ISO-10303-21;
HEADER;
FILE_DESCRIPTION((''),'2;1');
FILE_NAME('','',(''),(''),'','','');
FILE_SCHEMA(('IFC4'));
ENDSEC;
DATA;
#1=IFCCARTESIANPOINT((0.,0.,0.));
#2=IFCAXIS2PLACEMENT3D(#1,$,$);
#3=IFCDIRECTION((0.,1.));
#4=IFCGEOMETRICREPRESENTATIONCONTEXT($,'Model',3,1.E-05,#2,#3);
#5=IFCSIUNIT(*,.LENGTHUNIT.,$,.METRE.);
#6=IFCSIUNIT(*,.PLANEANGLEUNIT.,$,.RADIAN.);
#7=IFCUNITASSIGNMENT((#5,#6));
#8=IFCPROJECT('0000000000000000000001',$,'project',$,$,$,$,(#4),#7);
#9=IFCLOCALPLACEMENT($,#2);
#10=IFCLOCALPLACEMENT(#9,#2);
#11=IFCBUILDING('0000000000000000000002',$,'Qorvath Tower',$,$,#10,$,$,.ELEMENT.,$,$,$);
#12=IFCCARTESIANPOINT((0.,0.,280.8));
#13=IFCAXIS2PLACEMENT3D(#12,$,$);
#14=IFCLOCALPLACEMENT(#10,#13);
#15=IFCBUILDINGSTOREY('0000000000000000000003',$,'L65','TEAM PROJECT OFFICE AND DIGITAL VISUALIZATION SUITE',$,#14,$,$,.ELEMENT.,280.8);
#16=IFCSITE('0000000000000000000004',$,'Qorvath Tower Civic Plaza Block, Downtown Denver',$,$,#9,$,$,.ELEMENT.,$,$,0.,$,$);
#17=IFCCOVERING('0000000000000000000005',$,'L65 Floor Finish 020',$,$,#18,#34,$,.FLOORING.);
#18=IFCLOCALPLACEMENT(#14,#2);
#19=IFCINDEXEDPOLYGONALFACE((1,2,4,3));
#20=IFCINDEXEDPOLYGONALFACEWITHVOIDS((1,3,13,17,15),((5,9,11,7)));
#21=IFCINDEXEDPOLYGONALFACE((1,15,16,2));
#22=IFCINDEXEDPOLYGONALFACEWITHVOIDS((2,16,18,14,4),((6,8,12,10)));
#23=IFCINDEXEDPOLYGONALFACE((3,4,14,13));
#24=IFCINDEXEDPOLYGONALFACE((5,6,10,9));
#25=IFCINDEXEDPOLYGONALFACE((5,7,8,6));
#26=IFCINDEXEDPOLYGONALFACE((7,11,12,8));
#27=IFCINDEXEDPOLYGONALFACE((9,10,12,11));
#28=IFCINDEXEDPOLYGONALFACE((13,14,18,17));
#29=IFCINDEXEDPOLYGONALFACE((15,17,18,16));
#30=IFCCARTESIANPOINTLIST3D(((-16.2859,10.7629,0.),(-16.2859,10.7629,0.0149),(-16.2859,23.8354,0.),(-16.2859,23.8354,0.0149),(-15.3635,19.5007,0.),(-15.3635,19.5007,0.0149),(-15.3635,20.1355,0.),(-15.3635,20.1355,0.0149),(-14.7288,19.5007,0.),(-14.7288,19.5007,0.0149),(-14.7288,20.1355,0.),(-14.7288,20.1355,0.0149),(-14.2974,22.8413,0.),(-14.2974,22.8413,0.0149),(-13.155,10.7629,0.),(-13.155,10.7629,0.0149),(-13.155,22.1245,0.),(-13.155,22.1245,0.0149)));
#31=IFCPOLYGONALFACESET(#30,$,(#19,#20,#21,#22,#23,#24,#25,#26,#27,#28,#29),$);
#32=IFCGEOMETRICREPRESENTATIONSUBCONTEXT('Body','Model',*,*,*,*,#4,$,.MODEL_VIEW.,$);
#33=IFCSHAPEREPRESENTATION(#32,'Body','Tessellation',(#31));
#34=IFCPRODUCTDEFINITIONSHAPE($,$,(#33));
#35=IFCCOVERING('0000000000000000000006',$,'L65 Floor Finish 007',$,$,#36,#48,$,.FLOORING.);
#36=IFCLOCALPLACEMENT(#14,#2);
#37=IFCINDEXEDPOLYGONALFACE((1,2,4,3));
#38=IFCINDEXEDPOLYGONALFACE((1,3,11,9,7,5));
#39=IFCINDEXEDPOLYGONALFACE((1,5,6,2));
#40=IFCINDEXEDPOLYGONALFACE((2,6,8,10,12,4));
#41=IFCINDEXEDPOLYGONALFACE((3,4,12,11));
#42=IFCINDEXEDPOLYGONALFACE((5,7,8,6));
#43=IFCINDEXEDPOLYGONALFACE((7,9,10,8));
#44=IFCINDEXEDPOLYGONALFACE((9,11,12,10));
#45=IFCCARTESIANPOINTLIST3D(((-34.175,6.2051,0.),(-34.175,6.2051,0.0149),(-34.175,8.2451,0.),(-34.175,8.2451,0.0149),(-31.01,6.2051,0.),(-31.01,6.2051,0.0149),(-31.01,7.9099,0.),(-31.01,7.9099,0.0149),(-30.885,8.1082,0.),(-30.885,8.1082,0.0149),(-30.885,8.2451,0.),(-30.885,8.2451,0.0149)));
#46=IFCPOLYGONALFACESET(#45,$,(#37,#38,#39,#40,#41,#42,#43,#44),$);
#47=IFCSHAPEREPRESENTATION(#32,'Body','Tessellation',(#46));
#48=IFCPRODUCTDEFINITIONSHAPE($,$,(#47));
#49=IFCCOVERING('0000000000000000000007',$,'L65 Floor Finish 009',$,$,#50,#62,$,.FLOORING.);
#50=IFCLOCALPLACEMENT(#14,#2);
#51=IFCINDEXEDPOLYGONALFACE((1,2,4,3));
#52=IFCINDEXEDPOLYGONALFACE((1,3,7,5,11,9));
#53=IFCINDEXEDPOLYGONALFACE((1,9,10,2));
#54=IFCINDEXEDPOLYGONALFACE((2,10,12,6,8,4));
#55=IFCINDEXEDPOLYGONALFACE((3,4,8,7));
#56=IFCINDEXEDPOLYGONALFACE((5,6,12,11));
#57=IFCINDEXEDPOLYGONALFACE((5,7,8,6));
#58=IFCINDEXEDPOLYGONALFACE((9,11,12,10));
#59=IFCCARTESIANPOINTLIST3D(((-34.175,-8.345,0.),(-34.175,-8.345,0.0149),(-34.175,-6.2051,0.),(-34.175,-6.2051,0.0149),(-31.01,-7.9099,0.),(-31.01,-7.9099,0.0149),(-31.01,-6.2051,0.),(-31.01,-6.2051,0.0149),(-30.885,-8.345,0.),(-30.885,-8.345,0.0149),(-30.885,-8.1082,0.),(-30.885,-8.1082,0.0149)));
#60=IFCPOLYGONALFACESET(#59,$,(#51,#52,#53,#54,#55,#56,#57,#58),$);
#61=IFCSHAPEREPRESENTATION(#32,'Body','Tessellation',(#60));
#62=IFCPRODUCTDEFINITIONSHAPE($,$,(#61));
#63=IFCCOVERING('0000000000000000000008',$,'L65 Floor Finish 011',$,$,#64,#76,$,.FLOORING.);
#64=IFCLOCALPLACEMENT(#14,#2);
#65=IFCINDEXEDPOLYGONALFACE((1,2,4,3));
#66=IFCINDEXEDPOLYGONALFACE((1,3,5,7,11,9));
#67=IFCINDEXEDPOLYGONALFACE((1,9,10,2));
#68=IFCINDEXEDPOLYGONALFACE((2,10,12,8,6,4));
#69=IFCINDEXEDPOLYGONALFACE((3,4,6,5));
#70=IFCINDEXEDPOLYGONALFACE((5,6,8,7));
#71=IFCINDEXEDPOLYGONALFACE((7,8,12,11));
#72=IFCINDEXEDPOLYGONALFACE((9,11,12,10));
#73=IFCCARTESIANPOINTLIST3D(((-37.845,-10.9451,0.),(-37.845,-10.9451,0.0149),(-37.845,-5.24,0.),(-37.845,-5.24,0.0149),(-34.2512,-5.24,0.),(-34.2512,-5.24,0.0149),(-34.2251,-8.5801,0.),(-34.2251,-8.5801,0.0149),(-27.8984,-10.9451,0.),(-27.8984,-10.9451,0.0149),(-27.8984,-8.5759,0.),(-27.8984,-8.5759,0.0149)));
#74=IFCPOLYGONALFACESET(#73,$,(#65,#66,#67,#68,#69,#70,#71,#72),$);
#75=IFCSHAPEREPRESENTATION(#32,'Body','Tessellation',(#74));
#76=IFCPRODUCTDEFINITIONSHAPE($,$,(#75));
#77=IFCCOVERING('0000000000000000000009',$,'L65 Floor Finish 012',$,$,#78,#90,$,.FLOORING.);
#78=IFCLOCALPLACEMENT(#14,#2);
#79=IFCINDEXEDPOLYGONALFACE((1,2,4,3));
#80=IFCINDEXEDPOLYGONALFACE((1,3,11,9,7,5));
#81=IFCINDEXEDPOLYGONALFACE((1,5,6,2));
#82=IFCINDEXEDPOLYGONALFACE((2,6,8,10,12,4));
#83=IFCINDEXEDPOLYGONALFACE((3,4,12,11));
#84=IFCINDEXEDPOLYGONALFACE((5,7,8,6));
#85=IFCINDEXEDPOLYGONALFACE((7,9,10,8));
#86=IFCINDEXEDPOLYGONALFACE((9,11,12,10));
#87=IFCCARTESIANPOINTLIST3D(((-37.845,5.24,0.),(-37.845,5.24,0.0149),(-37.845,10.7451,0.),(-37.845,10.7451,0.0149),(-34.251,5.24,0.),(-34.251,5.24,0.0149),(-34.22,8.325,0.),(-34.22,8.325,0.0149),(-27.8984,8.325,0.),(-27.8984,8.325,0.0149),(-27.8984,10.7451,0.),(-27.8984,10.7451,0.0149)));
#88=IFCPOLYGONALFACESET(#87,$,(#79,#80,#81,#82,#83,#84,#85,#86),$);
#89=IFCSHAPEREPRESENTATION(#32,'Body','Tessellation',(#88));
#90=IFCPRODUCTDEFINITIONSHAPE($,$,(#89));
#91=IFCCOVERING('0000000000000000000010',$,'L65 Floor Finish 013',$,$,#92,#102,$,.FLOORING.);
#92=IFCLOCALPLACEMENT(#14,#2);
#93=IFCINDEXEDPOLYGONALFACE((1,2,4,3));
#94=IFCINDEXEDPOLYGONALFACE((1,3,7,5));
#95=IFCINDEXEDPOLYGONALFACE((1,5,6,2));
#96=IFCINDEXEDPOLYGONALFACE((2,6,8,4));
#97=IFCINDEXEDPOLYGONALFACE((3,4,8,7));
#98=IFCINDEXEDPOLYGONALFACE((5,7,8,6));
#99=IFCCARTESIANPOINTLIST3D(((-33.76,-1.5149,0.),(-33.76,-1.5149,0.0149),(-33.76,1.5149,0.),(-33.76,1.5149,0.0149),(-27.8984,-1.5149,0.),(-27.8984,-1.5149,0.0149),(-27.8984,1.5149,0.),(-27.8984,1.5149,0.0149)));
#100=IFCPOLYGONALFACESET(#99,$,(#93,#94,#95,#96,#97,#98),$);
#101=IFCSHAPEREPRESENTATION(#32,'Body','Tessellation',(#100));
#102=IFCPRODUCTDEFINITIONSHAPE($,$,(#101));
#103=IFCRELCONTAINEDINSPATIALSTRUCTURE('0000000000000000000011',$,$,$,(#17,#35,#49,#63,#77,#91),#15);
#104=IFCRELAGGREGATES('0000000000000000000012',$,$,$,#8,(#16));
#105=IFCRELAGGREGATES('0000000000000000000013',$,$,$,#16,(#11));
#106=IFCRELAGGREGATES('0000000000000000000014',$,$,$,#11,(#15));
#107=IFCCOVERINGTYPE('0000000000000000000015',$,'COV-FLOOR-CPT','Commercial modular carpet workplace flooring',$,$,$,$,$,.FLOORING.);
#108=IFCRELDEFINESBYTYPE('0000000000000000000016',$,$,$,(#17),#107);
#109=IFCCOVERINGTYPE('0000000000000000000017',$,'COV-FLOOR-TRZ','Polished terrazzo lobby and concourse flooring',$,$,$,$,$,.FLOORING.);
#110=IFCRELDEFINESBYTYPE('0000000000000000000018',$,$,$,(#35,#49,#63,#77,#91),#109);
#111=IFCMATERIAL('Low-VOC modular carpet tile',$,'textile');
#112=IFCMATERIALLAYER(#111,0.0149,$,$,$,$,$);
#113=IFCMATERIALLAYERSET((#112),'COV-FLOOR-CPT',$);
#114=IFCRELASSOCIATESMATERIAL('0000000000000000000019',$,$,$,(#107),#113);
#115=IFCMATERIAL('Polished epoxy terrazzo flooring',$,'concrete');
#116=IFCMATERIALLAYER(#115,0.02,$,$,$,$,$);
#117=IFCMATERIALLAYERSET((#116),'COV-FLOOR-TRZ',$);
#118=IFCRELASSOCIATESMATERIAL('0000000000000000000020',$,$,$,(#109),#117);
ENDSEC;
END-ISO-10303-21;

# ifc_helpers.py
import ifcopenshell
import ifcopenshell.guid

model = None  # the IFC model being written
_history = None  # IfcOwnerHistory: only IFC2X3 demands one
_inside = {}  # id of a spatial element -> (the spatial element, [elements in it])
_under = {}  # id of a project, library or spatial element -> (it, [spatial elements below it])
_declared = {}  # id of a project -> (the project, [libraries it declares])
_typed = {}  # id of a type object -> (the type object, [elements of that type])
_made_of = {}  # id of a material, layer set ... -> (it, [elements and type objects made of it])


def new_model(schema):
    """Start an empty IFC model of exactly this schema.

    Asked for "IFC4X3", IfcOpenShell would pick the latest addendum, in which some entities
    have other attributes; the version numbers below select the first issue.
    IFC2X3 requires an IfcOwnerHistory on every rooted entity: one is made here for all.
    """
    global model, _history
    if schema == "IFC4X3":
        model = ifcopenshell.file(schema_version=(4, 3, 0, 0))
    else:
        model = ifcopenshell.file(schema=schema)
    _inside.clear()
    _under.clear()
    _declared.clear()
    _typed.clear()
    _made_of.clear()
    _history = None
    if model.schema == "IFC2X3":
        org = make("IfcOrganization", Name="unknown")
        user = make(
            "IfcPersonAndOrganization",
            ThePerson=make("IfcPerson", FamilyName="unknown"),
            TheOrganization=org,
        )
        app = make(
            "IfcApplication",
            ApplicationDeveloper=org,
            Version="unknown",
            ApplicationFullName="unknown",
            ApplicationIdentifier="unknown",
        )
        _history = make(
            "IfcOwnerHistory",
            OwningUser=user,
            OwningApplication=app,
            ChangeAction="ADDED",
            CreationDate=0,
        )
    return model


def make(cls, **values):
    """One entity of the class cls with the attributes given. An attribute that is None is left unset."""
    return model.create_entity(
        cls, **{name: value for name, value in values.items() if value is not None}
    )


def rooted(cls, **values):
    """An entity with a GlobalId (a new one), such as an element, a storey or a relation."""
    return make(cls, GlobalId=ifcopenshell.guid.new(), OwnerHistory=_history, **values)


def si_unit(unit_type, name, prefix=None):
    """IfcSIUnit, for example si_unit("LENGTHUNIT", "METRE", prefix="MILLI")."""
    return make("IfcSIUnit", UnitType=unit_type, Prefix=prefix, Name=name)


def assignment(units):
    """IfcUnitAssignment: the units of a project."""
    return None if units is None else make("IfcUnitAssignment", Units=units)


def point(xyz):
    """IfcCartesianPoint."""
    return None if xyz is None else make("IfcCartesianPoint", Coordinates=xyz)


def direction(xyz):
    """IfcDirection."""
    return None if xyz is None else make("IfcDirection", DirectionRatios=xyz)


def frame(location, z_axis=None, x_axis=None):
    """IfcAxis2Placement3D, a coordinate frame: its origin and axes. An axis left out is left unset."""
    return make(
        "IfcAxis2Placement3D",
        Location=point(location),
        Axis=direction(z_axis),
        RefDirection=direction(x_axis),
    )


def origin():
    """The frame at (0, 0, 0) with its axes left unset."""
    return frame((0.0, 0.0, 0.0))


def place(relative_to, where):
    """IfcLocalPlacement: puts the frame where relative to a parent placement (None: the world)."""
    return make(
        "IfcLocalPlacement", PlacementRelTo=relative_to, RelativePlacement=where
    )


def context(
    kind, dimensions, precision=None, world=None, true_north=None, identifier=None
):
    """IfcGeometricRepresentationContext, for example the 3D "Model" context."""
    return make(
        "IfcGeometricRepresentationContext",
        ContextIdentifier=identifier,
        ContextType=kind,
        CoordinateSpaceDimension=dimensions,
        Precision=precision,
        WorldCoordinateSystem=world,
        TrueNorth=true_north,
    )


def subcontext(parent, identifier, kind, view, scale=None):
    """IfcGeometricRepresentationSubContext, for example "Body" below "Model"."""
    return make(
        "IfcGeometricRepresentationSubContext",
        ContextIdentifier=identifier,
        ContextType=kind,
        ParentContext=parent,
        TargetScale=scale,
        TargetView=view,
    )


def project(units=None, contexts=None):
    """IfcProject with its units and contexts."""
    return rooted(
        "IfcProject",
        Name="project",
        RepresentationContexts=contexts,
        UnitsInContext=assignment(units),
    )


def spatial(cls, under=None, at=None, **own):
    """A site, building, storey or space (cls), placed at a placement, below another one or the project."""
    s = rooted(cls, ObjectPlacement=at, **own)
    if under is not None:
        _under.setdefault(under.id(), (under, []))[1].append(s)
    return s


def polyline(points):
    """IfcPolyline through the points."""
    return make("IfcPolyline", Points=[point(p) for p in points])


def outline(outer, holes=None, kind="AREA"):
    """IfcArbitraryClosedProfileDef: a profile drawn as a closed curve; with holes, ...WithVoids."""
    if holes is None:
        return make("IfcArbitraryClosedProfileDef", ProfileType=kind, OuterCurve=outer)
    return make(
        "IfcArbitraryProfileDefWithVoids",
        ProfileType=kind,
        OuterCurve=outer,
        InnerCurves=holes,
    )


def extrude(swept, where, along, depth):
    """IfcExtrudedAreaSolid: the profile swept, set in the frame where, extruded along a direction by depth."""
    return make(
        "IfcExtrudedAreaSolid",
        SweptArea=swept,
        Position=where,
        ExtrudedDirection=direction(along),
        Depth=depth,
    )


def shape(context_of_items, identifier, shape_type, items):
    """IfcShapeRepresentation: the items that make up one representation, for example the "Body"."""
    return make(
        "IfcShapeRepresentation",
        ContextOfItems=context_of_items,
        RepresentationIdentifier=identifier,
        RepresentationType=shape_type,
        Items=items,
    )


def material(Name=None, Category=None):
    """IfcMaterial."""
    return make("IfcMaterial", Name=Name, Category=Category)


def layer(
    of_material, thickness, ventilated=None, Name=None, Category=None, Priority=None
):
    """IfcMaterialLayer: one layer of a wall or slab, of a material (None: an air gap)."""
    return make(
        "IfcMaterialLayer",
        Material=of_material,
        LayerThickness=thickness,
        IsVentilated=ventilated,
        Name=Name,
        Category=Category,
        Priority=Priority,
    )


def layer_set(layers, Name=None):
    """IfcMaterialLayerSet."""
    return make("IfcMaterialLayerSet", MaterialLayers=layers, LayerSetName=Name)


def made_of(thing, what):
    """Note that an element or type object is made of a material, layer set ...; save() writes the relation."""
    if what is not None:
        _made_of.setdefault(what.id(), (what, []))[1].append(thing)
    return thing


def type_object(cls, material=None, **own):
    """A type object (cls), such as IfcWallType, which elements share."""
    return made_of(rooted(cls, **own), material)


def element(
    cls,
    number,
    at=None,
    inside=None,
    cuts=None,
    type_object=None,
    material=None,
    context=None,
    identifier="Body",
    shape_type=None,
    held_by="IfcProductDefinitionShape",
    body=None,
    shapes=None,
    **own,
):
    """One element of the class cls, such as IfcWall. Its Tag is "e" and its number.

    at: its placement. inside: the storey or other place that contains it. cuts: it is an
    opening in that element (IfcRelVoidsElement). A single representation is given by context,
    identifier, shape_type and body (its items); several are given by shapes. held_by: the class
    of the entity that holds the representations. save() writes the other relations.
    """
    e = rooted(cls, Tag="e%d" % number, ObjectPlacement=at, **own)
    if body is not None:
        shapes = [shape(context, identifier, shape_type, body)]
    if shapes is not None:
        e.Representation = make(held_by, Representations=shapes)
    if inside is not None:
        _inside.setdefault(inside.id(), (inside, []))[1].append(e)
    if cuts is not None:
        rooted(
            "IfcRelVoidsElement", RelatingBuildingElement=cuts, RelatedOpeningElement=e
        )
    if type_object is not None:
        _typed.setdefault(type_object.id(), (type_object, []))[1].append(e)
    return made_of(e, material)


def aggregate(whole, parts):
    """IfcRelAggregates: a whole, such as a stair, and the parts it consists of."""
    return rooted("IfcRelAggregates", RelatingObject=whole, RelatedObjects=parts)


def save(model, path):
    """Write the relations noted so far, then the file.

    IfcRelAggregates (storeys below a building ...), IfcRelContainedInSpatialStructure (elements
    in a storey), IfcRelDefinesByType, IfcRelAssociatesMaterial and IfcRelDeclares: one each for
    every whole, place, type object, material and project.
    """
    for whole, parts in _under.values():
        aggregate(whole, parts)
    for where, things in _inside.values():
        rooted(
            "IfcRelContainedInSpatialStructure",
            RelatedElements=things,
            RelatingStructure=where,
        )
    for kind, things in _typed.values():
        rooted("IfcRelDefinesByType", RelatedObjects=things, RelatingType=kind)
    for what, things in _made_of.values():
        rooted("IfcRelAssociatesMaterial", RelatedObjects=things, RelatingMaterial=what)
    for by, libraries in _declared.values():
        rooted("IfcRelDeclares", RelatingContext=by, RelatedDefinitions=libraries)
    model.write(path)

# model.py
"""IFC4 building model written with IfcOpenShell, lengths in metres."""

from ifc_helpers import new_model, si_unit, direction, frame, origin, place, context, subcontext, project, spatial, polyline, outline, extrude, material, layer, layer_set, type_object, element, save


model = new_model("IFC4")

# Units and contexts
model_context = context("Model", 3, precision=1e-05, world=origin(), true_north=direction((0.0, 1.0)))
body_context = subcontext(model_context, "Body", "Model", "MODEL_VIEW")
ifc_project = project(units=[si_unit("LENGTHUNIT", "METRE"), si_unit("PLANEANGLEUNIT", "RADIAN")], contexts=[model_context])

# Site, building, storey
site_placement = place(None, origin())
site = spatial("IfcSite", under=ifc_project, at=site_placement, Name="Qorvath Tower Civic Plaza Block, Downtown Denver", CompositionType="ELEMENT", RefElevation=0.0)
building_placement = place(site_placement, origin())
building = spatial("IfcBuilding", under=site, at=building_placement, Name="Qorvath Tower", CompositionType="ELEMENT")
storey_placement = place(building_placement, frame((0.0, 0.0, 280.8)))
storey = spatial("IfcBuildingStorey", under=building, at=storey_placement, Name="L65", Description="TEAM PROJECT OFFICE AND DIGITAL VISUALIZATION SUITE", CompositionType="ELEMENT", Elevation=280.8)

# Coverings
ifc_material_1 = material(Name="Low-VOC modular carpet tile", Category="textile")
ifc_layer_1 = layer(ifc_material_1, 0.0149)
ifc_layer_set_1 = layer_set([ifc_layer_1], Name="COV-FLOOR-CPT")
covering_type_1 = type_object("IfcCoveringType", Name="COV-FLOOR-CPT", Description="Commercial modular carpet workplace flooring", PredefinedType="FLOORING", material=ifc_layer_set_1)
covering_1_placement = place(storey_placement, origin())
element("IfcCovering", 1, at=covering_1_placement, inside=storey, type_object=covering_type_1, Name="L65 Floor Finish 020", PredefinedType="FLOORING", context=body_context, shape_type="SweptSolid", body=[
    extrude(outline(polyline([(-13.155, 10.7629), (-13.155, 22.1245), (-14.2974, 22.8413), (-16.2859, 23.8354), (-16.2859, 10.7629), (-13.155, 10.7629)]), holes=[polyline([(-15.3635, 19.5007), (-15.3635, 20.1355), (-14.7288, 20.1355), (-14.7288, 19.5007), (-15.3635, 19.5007)])]), origin(), (0.0, 0.0, 1.0), 0.0149),
])
ifc_material_2 = material(Name="Polished epoxy terrazzo flooring", Category="concrete")
ifc_layer_2 = layer(ifc_material_2, 0.02)
ifc_layer_set_2 = layer_set([ifc_layer_2], Name="COV-FLOOR-TRZ")
covering_type_2 = type_object("IfcCoveringType", Name="COV-FLOOR-TRZ", Description="Polished terrazzo lobby and concourse flooring", PredefinedType="FLOORING", material=ifc_layer_set_2)
covering_2_placement = place(storey_placement, origin())
element("IfcCovering", 2, at=covering_2_placement, inside=storey, type_object=covering_type_2, Name="L65 Floor Finish 007", PredefinedType="FLOORING", context=body_context, shape_type="SweptSolid", body=[
    extrude(outline(polyline([(-31.01, 6.2051), (-31.01, 7.9099), (-30.885, 8.1082), (-30.885, 8.2451), (-34.175, 8.2451), (-34.175, 6.2051), (-31.01, 6.2051)])), origin(), (0.0, 0.0, 1.0), 0.0149),
])
covering_3_placement = place(storey_placement, origin())
element("IfcCovering", 3, at=covering_3_placement, inside=storey, type_object=covering_type_2, Name="L65 Floor Finish 009", PredefinedType="FLOORING", context=body_context, shape_type="SweptSolid", body=[
    extrude(outline(polyline([(-30.885, -8.345), (-30.885, -8.1082), (-31.01, -7.9099), (-31.01, -6.2051), (-34.175, -6.2051), (-34.175, -8.345), (-30.885, -8.345)])), origin(), (0.0, 0.0, 1.0), 0.0149),
])
covering_4_placement = place(storey_placement, origin())
element("IfcCovering", 4, at=covering_4_placement, inside=storey, type_object=covering_type_2, Name="L65 Floor Finish 011", PredefinedType="FLOORING", context=body_context, shape_type="SweptSolid", body=[
    extrude(outline(polyline([(-34.2251, -8.5801), (-34.2512, -5.24), (-37.845, -5.24), (-37.845, -10.9451), (-27.8984, -10.9451), (-27.8984, -8.5759), (-34.2251, -8.5801)])), origin(), (0.0, 0.0, 1.0), 0.0149),
])
covering_5_placement = place(storey_placement, origin())
element("IfcCovering", 5, at=covering_5_placement, inside=storey, type_object=covering_type_2, Name="L65 Floor Finish 012", PredefinedType="FLOORING", context=body_context, shape_type="SweptSolid", body=[
    extrude(outline(polyline([(-27.8984, 8.325), (-27.8984, 10.7451), (-37.845, 10.7451), (-37.845, 5.24), (-34.251, 5.24), (-34.22, 8.325), (-27.8984, 8.325)])), origin(), (0.0, 0.0, 1.0), 0.0149),
])
covering_6_placement = place(storey_placement, origin())
element("IfcCovering", 6, at=covering_6_placement, inside=storey, type_object=covering_type_2, Name="L65 Floor Finish 013", PredefinedType="FLOORING", context=body_context, shape_type="SweptSolid", body=[
    extrude(outline(polyline([(-27.8984, -1.5149), (-27.8984, 1.5149), (-33.76, 1.5149), (-33.76, -1.5149), (-27.8984, -1.5149)])), origin(), (0.0, 0.0, 1.0), 0.0149),
])

save(model, "model.ifc")
